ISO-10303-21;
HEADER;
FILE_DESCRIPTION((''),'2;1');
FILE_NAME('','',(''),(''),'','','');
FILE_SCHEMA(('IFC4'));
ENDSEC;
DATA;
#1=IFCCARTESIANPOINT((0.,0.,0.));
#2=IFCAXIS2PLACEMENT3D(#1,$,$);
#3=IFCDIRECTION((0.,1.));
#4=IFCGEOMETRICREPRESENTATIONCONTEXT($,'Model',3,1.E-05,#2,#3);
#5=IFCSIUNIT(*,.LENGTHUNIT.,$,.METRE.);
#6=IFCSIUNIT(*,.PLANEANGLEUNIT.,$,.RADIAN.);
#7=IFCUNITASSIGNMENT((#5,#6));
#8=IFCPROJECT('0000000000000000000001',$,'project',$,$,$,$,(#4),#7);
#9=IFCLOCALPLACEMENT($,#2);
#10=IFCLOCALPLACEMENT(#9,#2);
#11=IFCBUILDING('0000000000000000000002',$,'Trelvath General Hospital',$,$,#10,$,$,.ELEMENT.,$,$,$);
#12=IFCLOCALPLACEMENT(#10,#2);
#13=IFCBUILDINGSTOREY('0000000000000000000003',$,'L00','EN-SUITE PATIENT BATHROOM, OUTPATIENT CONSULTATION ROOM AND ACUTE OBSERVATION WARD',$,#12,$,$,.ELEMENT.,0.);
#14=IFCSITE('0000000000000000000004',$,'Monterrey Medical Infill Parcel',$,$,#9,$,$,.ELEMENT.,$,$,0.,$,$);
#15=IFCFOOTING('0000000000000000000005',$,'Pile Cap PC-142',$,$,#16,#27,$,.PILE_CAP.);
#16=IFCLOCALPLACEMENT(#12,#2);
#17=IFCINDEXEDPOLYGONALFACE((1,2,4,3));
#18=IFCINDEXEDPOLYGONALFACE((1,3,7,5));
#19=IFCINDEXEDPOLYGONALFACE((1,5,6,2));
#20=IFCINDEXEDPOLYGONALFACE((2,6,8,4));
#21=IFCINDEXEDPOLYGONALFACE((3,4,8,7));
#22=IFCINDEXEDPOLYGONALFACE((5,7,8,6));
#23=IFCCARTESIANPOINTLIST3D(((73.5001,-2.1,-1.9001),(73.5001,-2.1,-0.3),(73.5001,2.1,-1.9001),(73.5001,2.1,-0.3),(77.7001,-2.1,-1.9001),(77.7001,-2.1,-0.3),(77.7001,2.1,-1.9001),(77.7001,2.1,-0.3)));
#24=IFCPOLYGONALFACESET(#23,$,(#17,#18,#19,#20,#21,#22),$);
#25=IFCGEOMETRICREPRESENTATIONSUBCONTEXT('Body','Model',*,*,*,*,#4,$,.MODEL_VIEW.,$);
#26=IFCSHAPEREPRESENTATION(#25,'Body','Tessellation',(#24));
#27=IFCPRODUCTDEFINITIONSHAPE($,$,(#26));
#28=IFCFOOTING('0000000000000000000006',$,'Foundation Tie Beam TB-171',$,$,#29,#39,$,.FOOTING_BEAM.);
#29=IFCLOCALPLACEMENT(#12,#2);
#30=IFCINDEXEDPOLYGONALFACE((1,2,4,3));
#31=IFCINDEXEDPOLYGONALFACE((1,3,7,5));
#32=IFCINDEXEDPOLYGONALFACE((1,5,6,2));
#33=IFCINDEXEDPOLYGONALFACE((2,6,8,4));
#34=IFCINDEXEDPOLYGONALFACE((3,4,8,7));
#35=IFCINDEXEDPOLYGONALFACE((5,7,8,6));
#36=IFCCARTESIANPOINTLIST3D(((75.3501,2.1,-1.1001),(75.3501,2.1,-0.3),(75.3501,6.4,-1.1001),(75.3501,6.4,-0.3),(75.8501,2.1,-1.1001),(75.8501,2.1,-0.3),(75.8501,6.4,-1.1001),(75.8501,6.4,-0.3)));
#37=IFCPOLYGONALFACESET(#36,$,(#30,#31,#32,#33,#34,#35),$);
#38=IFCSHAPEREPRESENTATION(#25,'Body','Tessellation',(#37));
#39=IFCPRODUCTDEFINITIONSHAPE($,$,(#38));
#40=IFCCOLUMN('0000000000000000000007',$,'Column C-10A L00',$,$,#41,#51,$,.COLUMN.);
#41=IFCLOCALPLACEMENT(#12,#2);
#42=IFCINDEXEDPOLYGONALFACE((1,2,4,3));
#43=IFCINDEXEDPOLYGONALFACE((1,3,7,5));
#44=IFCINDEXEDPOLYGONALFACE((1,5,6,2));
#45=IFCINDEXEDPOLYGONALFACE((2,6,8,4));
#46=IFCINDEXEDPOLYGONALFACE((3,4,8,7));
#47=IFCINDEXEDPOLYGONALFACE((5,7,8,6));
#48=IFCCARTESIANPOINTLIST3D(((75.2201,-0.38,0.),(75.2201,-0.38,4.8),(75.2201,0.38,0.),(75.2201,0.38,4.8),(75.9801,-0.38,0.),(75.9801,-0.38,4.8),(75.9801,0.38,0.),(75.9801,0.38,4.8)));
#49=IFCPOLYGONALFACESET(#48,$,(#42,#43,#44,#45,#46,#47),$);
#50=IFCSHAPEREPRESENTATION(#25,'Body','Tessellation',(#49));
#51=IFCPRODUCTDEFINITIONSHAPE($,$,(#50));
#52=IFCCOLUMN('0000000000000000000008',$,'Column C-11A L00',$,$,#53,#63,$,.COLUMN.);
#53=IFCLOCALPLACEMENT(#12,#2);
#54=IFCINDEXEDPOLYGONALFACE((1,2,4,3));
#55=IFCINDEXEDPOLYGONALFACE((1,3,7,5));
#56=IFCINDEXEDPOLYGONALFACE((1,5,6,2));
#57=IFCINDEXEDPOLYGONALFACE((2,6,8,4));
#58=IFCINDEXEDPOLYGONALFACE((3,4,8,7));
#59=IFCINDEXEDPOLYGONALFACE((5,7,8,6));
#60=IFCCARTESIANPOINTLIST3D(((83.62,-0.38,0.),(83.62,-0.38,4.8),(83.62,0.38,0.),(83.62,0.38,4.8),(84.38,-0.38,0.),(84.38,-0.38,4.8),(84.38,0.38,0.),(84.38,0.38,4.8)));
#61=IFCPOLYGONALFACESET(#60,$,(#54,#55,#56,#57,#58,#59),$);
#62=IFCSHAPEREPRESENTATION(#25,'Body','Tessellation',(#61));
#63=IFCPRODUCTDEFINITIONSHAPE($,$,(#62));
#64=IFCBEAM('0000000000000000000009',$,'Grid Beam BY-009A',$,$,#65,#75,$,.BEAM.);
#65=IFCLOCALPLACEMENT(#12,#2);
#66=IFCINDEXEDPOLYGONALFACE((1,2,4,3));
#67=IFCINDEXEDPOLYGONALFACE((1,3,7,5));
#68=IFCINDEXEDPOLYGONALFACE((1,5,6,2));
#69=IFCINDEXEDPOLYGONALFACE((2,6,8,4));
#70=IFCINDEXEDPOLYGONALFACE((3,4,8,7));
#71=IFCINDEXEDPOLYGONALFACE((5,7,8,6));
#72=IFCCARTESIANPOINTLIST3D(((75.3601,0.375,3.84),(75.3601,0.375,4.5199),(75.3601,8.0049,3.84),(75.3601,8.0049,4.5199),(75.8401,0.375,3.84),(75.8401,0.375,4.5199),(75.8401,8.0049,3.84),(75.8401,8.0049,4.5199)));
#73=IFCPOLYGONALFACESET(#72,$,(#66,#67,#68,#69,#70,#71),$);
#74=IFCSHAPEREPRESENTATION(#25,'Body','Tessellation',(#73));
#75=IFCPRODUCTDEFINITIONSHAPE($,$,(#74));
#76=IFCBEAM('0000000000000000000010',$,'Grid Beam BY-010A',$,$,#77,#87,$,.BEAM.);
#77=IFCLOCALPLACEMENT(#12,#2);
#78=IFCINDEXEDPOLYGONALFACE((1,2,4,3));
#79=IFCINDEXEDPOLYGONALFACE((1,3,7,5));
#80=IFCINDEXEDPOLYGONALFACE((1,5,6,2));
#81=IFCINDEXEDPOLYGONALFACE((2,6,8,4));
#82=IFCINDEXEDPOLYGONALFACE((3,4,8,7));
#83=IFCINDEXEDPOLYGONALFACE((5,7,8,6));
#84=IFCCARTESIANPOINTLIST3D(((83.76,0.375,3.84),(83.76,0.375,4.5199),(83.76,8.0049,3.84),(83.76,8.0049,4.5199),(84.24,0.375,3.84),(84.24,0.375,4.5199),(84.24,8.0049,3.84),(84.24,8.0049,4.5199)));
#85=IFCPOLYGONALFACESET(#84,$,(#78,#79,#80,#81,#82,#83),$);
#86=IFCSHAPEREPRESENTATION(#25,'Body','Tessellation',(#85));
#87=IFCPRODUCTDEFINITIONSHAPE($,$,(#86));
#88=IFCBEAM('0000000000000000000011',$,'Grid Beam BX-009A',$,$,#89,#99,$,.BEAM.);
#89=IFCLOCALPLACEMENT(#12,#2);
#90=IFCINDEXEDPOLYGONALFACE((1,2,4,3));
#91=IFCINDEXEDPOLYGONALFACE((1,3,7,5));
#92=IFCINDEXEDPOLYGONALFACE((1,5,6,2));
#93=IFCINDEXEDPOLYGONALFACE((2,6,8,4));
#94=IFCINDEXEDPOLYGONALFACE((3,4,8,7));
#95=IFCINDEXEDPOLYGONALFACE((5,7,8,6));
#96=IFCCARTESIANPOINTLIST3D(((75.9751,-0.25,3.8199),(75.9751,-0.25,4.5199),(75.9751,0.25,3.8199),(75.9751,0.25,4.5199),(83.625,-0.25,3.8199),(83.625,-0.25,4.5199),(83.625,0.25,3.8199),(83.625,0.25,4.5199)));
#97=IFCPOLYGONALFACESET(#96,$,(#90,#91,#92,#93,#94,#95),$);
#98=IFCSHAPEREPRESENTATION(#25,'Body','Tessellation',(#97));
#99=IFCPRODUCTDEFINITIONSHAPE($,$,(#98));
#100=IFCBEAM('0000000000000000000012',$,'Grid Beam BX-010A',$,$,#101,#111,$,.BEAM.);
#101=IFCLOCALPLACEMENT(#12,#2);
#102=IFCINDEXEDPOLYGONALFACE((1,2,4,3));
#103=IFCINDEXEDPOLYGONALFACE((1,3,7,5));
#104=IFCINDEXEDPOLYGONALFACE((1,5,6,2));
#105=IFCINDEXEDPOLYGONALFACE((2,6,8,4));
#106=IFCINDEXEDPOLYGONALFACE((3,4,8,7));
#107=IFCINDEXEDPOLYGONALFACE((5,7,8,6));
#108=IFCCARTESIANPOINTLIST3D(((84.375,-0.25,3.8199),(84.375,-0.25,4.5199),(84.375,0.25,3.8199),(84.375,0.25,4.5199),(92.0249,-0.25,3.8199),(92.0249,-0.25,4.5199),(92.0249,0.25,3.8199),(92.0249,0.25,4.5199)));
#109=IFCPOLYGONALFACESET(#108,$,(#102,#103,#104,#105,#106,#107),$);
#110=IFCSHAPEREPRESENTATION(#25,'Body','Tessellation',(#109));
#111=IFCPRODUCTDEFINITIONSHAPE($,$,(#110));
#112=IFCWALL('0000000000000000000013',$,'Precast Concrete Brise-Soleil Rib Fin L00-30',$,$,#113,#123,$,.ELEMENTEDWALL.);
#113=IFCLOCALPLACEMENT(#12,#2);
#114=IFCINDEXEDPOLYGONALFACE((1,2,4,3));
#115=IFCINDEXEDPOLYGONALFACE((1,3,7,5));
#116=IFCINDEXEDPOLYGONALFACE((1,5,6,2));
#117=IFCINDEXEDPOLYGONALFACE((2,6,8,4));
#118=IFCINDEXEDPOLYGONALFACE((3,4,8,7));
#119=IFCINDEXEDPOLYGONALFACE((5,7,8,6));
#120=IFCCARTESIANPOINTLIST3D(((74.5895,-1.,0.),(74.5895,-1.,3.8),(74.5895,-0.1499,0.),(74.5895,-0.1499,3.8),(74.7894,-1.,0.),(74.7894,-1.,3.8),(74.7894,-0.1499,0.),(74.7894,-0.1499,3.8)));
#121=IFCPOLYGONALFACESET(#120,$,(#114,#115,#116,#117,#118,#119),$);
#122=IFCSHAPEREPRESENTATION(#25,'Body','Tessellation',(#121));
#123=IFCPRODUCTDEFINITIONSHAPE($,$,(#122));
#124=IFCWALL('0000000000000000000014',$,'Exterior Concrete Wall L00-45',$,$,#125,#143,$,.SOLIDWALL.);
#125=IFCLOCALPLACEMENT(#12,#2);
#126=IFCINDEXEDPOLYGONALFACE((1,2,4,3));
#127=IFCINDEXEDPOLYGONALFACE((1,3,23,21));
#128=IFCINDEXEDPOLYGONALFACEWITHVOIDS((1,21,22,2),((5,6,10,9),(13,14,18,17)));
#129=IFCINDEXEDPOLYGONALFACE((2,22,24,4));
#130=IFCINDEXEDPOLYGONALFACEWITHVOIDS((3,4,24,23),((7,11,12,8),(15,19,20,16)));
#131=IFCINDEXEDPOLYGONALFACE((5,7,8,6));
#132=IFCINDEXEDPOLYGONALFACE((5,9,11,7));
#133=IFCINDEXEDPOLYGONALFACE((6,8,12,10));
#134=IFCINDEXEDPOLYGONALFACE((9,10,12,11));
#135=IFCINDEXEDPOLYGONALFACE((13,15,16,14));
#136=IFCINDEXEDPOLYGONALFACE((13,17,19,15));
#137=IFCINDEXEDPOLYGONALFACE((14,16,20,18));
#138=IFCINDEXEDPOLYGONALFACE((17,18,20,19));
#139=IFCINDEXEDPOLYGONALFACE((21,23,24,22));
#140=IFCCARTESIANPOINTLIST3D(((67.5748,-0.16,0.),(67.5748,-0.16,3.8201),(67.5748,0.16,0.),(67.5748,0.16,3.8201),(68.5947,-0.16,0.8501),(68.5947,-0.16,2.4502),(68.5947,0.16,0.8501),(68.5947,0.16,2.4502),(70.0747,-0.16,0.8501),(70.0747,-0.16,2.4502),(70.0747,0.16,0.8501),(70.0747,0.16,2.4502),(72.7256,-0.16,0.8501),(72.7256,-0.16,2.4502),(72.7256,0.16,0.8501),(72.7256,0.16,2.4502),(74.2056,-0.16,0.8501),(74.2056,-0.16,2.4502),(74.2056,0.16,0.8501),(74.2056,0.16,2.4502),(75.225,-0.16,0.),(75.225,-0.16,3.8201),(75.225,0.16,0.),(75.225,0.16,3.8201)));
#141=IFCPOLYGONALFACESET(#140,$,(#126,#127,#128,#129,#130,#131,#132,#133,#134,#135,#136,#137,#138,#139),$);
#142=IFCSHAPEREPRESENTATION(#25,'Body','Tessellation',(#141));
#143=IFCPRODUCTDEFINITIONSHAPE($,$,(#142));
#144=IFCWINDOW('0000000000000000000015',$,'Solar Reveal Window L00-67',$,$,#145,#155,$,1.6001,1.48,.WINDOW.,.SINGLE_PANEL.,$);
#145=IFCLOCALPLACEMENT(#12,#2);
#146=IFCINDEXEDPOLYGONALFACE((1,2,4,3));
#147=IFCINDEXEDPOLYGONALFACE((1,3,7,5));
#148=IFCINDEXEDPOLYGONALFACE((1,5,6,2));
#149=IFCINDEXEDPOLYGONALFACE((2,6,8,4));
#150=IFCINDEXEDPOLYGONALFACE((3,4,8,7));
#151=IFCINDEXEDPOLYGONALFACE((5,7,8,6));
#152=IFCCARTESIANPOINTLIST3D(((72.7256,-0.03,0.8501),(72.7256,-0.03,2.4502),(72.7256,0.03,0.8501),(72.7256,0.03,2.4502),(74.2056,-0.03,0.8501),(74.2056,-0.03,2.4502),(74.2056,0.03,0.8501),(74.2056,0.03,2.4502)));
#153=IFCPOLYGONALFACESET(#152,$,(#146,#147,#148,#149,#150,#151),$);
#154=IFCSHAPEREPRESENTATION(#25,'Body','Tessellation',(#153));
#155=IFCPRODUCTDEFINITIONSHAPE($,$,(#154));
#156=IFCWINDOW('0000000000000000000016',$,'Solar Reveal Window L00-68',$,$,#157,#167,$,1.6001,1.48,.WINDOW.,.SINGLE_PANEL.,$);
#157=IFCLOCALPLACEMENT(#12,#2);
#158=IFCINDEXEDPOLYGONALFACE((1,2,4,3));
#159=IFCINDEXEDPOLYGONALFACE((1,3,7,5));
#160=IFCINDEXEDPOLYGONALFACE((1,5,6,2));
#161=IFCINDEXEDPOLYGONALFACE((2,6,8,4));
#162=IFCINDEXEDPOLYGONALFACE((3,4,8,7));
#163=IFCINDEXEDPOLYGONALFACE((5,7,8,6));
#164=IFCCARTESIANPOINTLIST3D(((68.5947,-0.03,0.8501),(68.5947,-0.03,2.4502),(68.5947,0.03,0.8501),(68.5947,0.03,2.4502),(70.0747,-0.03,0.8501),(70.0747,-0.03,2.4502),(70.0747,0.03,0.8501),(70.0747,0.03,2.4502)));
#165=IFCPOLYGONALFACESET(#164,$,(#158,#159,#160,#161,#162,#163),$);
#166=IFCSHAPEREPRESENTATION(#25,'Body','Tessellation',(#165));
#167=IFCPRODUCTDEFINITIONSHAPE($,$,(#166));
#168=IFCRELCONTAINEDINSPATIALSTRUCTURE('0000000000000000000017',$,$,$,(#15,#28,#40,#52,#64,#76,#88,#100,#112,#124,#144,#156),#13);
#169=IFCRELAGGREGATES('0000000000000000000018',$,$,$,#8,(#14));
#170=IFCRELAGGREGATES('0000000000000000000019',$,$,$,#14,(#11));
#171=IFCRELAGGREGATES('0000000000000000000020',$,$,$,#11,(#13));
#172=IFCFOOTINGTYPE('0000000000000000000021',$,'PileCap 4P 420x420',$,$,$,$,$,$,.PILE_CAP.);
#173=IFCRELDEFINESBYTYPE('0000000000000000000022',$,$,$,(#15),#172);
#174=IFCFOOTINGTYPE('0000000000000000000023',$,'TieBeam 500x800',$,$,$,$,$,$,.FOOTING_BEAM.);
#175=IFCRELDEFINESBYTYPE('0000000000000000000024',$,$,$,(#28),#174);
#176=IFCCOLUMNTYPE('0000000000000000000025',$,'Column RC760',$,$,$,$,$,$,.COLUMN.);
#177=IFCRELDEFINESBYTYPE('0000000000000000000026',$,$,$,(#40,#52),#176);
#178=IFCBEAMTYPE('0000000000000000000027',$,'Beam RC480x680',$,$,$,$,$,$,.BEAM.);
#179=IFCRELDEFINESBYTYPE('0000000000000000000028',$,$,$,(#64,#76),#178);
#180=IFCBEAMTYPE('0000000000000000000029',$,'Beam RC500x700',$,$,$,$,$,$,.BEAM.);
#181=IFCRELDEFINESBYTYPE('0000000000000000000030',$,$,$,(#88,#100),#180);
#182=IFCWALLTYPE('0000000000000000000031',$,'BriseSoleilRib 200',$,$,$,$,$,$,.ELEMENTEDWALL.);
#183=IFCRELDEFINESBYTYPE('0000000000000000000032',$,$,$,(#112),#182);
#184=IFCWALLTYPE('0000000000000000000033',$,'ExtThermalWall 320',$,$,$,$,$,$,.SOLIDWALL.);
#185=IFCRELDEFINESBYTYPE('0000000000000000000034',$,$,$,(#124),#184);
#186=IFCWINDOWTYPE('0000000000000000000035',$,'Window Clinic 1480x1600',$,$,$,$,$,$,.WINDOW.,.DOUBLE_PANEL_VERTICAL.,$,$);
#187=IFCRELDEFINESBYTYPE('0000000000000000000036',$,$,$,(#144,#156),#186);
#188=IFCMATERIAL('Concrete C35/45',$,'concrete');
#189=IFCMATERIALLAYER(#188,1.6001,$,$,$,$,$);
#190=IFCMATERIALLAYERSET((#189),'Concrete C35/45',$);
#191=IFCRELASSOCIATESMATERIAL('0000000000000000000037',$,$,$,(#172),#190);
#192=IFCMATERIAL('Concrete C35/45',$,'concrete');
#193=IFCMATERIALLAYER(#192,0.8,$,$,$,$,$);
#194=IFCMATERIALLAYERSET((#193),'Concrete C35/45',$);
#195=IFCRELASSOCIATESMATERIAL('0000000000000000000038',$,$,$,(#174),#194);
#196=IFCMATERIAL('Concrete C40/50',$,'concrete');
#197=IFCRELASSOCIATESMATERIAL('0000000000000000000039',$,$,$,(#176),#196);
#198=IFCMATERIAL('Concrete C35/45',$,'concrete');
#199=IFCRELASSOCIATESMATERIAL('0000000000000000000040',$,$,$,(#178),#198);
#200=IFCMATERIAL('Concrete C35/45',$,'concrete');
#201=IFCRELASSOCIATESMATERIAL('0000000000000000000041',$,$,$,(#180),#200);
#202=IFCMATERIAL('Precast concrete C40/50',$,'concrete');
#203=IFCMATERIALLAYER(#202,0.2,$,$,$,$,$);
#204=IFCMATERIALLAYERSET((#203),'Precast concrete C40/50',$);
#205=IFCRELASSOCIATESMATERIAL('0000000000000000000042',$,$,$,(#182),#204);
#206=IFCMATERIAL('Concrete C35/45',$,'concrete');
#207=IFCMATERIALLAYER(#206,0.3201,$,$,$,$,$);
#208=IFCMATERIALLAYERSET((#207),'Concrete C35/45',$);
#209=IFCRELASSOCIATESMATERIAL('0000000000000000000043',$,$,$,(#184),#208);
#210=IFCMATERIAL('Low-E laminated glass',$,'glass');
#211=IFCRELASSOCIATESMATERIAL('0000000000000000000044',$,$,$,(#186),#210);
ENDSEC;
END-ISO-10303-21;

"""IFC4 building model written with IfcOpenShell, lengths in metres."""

from ifc_helpers import new_model, si_unit, direction, frame, frame_2d, origin, origin_2d, place, context, subcontext, project, spatial, rectangle, extrude, material, layer, layer_set, material_profile, profile_set, type_object, element, fill, save


model = new_model("IFC4")

# Units and contexts
model_context = context("Model", 3, precision=1e-05, world=origin(), true_north=direction((0.0, 1.0)))
body_context = subcontext(model_context, "Body", "Model", "MODEL_VIEW")
ifc_project = project(units=[si_unit("LENGTHUNIT", "METRE"), si_unit("PLANEANGLEUNIT", "RADIAN")], contexts=[model_context])

# Site, building, storey
site_placement = place(None, origin())
site = spatial("IfcSite", under=ifc_project, at=site_placement, Name="Monterrey Medical Infill Parcel", CompositionType="ELEMENT", RefElevation=0.0)
building_placement = place(site_placement, origin())
building = spatial("IfcBuilding", under=site, at=building_placement, Name="Trelvath General Hospital", CompositionType="ELEMENT")
storey_placement = place(building_placement, origin())
storey = spatial("IfcBuildingStorey", under=building, at=storey_placement, Name="L00", Description="EN-SUITE PATIENT BATHROOM, OUTPATIENT CONSULTATION ROOM AND ACUTE OBSERVATION WARD", CompositionType="ELEMENT", Elevation=0.0)

# Footings
ifc_material_1 = material(Name="Concrete C35/45", Category="concrete")
ifc_layer_1 = layer(ifc_material_1, 1.6001)
ifc_layer_set_1 = layer_set([ifc_layer_1], Name="Concrete C35/45")
footing_type_1 = type_object("IfcFootingType", Name="PileCap 4P 420x420", PredefinedType="PILE_CAP", material=ifc_layer_set_1)
footing_1_placement = place(storey_placement, frame((75.6001, 0.0, -1.9001), z_axis=(0.0, 0.0, 1.0), x_axis=(1.0, 0.0, 0.0)))
element("IfcFooting", 1, at=footing_1_placement, inside=storey, type_object=footing_type_1, Name="Pile Cap PC-142", PredefinedType="PILE_CAP", context=body_context, shape_type="SweptSolid", body=[
    extrude(rectangle(XDim=4.2, YDim=4.2, at=origin_2d()), origin(), (0.0, 0.0, 1.0), 1.6001),
])
ifc_material_2 = material(Name="Concrete C35/45", Category="concrete")
ifc_layer_2 = layer(ifc_material_2, 0.8)
ifc_layer_set_2 = layer_set([ifc_layer_2], Name="Concrete C35/45")
footing_type_2 = type_object("IfcFootingType", Name="TieBeam 500x800", PredefinedType="FOOTING_BEAM", material=ifc_layer_set_2)
footing_2_placement = place(storey_placement, frame((75.6001, 4.25, -1.1001), z_axis=(0.0, 0.0, 1.0), x_axis=(1.0, 0.0, 0.0)))
element("IfcFooting", 2, at=footing_2_placement, inside=storey, type_object=footing_type_2, Name="Foundation Tie Beam TB-171", PredefinedType="FOOTING_BEAM", context=body_context, shape_type="SweptSolid", body=[
    extrude(rectangle(XDim=0.5, YDim=4.3, at=origin_2d()), origin(), (0.0, 0.0, 1.0), 0.8),
])

# Columns
ifc_material_3 = material(Name="Concrete C40/50", Category="concrete")
ifc_material_profile_1 = material_profile(ifc_material_3, rectangle(XDim=0.76, YDim=0.76, at=origin_2d()), Name="RC760x760")
ifc_profile_set_1 = profile_set([ifc_material_profile_1], Name="Concrete C40/50")
column_type = type_object("IfcColumnType", Name="Column RC760", PredefinedType="COLUMN", material=ifc_profile_set_1)
for number, where, z_axis, x_axis, name in (
    (3, (75.6001, 0.0, 0.0), (0.0, 0.0, 1.0), (1.0, 0.0, 0.0), "Column C-10A L00"),
    (4, (84.0, 0.0, 0.0), (0.0, 0.0, 1.0), (1.0, 0.0, 0.0), "Column C-11A L00"),
):
    element("IfcColumn", number, at=place(storey_placement, frame(where, z_axis=z_axis, x_axis=x_axis)), inside=storey, type_object=column_type, Name=name, PredefinedType="COLUMN", context=body_context, shape_type="SweptSolid", body=[
        extrude(rectangle(XDim=0.76, YDim=0.76, at=origin_2d()), origin(), (0.0, 0.0, 1.0), 4.8),
    ])

# Beams
ifc_material_4 = material(Name="Concrete C35/45", Category="concrete")
ifc_material_profile_2 = material_profile(ifc_material_4, rectangle(XDim=0.48, YDim=0.6799, at=origin_2d()), Name="RCB480x680")
ifc_profile_set_2 = profile_set([ifc_material_profile_2], Name="Concrete C35/45")
beam_type_1 = type_object("IfcBeamType", Name="Beam RC480x680", PredefinedType="BEAM", material=ifc_profile_set_2)
for number, where, z_axis, x_axis, name in (
    (5, (75.6001, 0.375, 4.1799), (0.0, 1.0, 0.0), (-1.0, 0.0, 0.0), "Grid Beam BY-009A"),
    (6, (84.0, 0.375, 4.1799), (0.0, 1.0, 0.0), (-1.0, 0.0, 0.0), "Grid Beam BY-010A"),
):
    element("IfcBeam", number, at=place(storey_placement, frame(where, z_axis=z_axis, x_axis=x_axis)), inside=storey, type_object=beam_type_1, Name=name, PredefinedType="BEAM", context=body_context, shape_type="SweptSolid", body=[
        extrude(rectangle(XDim=0.48, YDim=0.6799, at=origin_2d()), origin(), (0.0, 0.0, 1.0), 7.6299),
    ])
ifc_material_5 = material(Name="Concrete C35/45", Category="concrete")
ifc_material_profile_3 = material_profile(ifc_material_5, rectangle(XDim=0.5, YDim=0.7, at=origin_2d()), Name="RCB500x700")
ifc_profile_set_3 = profile_set([ifc_material_profile_3], Name="Concrete C35/45")
beam_type_2 = type_object("IfcBeamType", Name="Beam RC500x700", PredefinedType="BEAM", material=ifc_profile_set_3)
for number, where, z_axis, x_axis, name in (
    (7, (75.9751, 0.0, 4.1699), (1.0, 0.0, 0.0), (0.0, 1.0, 0.0), "Grid Beam BX-009A"),
    (8, (84.375, 0.0, 4.1699), (1.0, 0.0, 0.0), (0.0, 1.0, 0.0), "Grid Beam BX-010A"),
):
    element("IfcBeam", number, at=place(storey_placement, frame(where, z_axis=z_axis, x_axis=x_axis)), inside=storey, type_object=beam_type_2, Name=name, PredefinedType="BEAM", context=body_context, shape_type="SweptSolid", body=[
        extrude(rectangle(XDim=0.5, YDim=0.7, at=origin_2d()), origin(), (0.0, 0.0, 1.0), 7.6499),
    ])

# Wall
ifc_material_6 = material(Name="Precast concrete C40/50", Category="concrete")
ifc_layer_3 = layer(ifc_material_6, 0.2)
ifc_layer_set_3 = layer_set([ifc_layer_3], Name="Precast concrete C40/50")
wall_type_1 = type_object("IfcWallType", Name="BriseSoleilRib 200", PredefinedType="ELEMENTEDWALL", material=ifc_layer_set_3)
wall_1_placement = place(storey_placement, frame((74.6895, -0.1499, 0.0), z_axis=(0.0, 0.0, 1.0), x_axis=(0.0, -1.0, 0.0)))
element("IfcWall", 9, at=wall_1_placement, inside=storey, type_object=wall_type_1, Name="Precast Concrete Brise-Soleil Rib Fin L00-30", PredefinedType="ELEMENTEDWALL", context=body_context, shape_type="SweptSolid", body=[
    extrude(rectangle(XDim=0.8501, YDim=0.2, at=frame_2d((0.425, 0.0))), origin(), (0.0, 0.0, 1.0), 3.8),
])

# Wall, openings, windows
ifc_material_7 = material(Name="Concrete C35/45", Category="concrete")
ifc_layer_4 = layer(ifc_material_7, 0.3201)
ifc_layer_set_4 = layer_set([ifc_layer_4], Name="Concrete C35/45")
wall_type_2 = type_object("IfcWallType", Name="ExtThermalWall 320", PredefinedType="SOLIDWALL", material=ifc_layer_set_4)
wall_2_placement = place(storey_placement, frame((75.2251, 0.0, 0.0), z_axis=(0.0, 0.0, 1.0), x_axis=(-1.0, 0.0, 0.0)))
wall_2 = element("IfcWall", 10, at=wall_2_placement, inside=storey, type_object=wall_type_2, Name="Exterior Concrete Wall L00-45", PredefinedType="SOLIDWALL", context=body_context, shape_type="SweptSolid", body=[
    extrude(rectangle(XDim=7.6501, YDim=0.3201, at=frame_2d((3.8252, 0.0))), origin(), (0.0, 0.0, 1.0), 3.8201),
])
opening_1_placement = place(wall_2_placement, frame((1.0195, 0.0, 0.8501)))
opening_1 = element("IfcOpeningElement", 11, at=opening_1_placement, cuts=wall_2, PredefinedType="OPENING", context=body_context, shape_type="SweptSolid", body=[
    extrude(rectangle(XDim=1.48, YDim=1.6001, at=frame_2d((0.74, 0.8))), frame((0.0, 0.1699, 0.0), z_axis=(0.0, -1.0, 0.0), x_axis=(1.0, 0.0, 0.0)), (0.0, 0.0, 1.0), 0.3401),
])
opening_2_placement = place(wall_2_placement, frame((5.1504, 0.0, 0.8501)))
opening_2 = element("IfcOpeningElement", 12, at=opening_2_placement, cuts=wall_2, PredefinedType="OPENING", context=body_context, shape_type="SweptSolid", body=[
    extrude(rectangle(XDim=1.48, YDim=1.6001, at=frame_2d((0.74, 0.8))), frame((0.0, 0.1699, 0.0), z_axis=(0.0, -1.0, 0.0), x_axis=(1.0, 0.0, 0.0)), (0.0, 0.0, 1.0), 0.3401),
])
ifc_material_8 = material(Name="Low-E laminated glass", Category="glass")
window_type = type_object("IfcWindowType", Name="Window Clinic 1480x1600", PartitioningType="DOUBLE_PANEL_VERTICAL", PredefinedType="WINDOW", material=ifc_material_8)
window_1_placement = place(opening_1_placement, origin())
window_1 = element("IfcWindow", 13, at=window_1_placement, inside=storey, type_object=window_type, Name="Solar Reveal Window L00-67", OverallHeight=1.6001, OverallWidth=1.48, PartitioningType="SINGLE_PANEL", PredefinedType="WINDOW", context=body_context, shape_type="SweptSolid", body=[
    extrude(rectangle(XDim=1.48, YDim=1.6001, at=frame_2d((0.74, 0.8))), frame((0.0, 0.03, 0.0), z_axis=(0.0, -1.0, 0.0), x_axis=(1.0, 0.0, 0.0)), (0.0, 0.0, 1.0), 0.0601),
])
fill(opening_1, window_1)
window_2_placement = place(opening_2_placement, origin())
window_2 = element("IfcWindow", 14, at=window_2_placement, inside=storey, type_object=window_type, Name="Solar Reveal Window L00-68", OverallHeight=1.6001, OverallWidth=1.48, PartitioningType="SINGLE_PANEL", PredefinedType="WINDOW", context=body_context, shape_type="SweptSolid", body=[
    extrude(rectangle(XDim=1.48, YDim=1.6001, at=frame_2d((0.74, 0.8))), frame((0.0, 0.03, 0.0), z_axis=(0.0, -1.0, 0.0), x_axis=(1.0, 0.0, 0.0)), (0.0, 0.0, 1.0), 0.0601),
])
fill(opening_2, window_2)

save(model, "model.ifc")
